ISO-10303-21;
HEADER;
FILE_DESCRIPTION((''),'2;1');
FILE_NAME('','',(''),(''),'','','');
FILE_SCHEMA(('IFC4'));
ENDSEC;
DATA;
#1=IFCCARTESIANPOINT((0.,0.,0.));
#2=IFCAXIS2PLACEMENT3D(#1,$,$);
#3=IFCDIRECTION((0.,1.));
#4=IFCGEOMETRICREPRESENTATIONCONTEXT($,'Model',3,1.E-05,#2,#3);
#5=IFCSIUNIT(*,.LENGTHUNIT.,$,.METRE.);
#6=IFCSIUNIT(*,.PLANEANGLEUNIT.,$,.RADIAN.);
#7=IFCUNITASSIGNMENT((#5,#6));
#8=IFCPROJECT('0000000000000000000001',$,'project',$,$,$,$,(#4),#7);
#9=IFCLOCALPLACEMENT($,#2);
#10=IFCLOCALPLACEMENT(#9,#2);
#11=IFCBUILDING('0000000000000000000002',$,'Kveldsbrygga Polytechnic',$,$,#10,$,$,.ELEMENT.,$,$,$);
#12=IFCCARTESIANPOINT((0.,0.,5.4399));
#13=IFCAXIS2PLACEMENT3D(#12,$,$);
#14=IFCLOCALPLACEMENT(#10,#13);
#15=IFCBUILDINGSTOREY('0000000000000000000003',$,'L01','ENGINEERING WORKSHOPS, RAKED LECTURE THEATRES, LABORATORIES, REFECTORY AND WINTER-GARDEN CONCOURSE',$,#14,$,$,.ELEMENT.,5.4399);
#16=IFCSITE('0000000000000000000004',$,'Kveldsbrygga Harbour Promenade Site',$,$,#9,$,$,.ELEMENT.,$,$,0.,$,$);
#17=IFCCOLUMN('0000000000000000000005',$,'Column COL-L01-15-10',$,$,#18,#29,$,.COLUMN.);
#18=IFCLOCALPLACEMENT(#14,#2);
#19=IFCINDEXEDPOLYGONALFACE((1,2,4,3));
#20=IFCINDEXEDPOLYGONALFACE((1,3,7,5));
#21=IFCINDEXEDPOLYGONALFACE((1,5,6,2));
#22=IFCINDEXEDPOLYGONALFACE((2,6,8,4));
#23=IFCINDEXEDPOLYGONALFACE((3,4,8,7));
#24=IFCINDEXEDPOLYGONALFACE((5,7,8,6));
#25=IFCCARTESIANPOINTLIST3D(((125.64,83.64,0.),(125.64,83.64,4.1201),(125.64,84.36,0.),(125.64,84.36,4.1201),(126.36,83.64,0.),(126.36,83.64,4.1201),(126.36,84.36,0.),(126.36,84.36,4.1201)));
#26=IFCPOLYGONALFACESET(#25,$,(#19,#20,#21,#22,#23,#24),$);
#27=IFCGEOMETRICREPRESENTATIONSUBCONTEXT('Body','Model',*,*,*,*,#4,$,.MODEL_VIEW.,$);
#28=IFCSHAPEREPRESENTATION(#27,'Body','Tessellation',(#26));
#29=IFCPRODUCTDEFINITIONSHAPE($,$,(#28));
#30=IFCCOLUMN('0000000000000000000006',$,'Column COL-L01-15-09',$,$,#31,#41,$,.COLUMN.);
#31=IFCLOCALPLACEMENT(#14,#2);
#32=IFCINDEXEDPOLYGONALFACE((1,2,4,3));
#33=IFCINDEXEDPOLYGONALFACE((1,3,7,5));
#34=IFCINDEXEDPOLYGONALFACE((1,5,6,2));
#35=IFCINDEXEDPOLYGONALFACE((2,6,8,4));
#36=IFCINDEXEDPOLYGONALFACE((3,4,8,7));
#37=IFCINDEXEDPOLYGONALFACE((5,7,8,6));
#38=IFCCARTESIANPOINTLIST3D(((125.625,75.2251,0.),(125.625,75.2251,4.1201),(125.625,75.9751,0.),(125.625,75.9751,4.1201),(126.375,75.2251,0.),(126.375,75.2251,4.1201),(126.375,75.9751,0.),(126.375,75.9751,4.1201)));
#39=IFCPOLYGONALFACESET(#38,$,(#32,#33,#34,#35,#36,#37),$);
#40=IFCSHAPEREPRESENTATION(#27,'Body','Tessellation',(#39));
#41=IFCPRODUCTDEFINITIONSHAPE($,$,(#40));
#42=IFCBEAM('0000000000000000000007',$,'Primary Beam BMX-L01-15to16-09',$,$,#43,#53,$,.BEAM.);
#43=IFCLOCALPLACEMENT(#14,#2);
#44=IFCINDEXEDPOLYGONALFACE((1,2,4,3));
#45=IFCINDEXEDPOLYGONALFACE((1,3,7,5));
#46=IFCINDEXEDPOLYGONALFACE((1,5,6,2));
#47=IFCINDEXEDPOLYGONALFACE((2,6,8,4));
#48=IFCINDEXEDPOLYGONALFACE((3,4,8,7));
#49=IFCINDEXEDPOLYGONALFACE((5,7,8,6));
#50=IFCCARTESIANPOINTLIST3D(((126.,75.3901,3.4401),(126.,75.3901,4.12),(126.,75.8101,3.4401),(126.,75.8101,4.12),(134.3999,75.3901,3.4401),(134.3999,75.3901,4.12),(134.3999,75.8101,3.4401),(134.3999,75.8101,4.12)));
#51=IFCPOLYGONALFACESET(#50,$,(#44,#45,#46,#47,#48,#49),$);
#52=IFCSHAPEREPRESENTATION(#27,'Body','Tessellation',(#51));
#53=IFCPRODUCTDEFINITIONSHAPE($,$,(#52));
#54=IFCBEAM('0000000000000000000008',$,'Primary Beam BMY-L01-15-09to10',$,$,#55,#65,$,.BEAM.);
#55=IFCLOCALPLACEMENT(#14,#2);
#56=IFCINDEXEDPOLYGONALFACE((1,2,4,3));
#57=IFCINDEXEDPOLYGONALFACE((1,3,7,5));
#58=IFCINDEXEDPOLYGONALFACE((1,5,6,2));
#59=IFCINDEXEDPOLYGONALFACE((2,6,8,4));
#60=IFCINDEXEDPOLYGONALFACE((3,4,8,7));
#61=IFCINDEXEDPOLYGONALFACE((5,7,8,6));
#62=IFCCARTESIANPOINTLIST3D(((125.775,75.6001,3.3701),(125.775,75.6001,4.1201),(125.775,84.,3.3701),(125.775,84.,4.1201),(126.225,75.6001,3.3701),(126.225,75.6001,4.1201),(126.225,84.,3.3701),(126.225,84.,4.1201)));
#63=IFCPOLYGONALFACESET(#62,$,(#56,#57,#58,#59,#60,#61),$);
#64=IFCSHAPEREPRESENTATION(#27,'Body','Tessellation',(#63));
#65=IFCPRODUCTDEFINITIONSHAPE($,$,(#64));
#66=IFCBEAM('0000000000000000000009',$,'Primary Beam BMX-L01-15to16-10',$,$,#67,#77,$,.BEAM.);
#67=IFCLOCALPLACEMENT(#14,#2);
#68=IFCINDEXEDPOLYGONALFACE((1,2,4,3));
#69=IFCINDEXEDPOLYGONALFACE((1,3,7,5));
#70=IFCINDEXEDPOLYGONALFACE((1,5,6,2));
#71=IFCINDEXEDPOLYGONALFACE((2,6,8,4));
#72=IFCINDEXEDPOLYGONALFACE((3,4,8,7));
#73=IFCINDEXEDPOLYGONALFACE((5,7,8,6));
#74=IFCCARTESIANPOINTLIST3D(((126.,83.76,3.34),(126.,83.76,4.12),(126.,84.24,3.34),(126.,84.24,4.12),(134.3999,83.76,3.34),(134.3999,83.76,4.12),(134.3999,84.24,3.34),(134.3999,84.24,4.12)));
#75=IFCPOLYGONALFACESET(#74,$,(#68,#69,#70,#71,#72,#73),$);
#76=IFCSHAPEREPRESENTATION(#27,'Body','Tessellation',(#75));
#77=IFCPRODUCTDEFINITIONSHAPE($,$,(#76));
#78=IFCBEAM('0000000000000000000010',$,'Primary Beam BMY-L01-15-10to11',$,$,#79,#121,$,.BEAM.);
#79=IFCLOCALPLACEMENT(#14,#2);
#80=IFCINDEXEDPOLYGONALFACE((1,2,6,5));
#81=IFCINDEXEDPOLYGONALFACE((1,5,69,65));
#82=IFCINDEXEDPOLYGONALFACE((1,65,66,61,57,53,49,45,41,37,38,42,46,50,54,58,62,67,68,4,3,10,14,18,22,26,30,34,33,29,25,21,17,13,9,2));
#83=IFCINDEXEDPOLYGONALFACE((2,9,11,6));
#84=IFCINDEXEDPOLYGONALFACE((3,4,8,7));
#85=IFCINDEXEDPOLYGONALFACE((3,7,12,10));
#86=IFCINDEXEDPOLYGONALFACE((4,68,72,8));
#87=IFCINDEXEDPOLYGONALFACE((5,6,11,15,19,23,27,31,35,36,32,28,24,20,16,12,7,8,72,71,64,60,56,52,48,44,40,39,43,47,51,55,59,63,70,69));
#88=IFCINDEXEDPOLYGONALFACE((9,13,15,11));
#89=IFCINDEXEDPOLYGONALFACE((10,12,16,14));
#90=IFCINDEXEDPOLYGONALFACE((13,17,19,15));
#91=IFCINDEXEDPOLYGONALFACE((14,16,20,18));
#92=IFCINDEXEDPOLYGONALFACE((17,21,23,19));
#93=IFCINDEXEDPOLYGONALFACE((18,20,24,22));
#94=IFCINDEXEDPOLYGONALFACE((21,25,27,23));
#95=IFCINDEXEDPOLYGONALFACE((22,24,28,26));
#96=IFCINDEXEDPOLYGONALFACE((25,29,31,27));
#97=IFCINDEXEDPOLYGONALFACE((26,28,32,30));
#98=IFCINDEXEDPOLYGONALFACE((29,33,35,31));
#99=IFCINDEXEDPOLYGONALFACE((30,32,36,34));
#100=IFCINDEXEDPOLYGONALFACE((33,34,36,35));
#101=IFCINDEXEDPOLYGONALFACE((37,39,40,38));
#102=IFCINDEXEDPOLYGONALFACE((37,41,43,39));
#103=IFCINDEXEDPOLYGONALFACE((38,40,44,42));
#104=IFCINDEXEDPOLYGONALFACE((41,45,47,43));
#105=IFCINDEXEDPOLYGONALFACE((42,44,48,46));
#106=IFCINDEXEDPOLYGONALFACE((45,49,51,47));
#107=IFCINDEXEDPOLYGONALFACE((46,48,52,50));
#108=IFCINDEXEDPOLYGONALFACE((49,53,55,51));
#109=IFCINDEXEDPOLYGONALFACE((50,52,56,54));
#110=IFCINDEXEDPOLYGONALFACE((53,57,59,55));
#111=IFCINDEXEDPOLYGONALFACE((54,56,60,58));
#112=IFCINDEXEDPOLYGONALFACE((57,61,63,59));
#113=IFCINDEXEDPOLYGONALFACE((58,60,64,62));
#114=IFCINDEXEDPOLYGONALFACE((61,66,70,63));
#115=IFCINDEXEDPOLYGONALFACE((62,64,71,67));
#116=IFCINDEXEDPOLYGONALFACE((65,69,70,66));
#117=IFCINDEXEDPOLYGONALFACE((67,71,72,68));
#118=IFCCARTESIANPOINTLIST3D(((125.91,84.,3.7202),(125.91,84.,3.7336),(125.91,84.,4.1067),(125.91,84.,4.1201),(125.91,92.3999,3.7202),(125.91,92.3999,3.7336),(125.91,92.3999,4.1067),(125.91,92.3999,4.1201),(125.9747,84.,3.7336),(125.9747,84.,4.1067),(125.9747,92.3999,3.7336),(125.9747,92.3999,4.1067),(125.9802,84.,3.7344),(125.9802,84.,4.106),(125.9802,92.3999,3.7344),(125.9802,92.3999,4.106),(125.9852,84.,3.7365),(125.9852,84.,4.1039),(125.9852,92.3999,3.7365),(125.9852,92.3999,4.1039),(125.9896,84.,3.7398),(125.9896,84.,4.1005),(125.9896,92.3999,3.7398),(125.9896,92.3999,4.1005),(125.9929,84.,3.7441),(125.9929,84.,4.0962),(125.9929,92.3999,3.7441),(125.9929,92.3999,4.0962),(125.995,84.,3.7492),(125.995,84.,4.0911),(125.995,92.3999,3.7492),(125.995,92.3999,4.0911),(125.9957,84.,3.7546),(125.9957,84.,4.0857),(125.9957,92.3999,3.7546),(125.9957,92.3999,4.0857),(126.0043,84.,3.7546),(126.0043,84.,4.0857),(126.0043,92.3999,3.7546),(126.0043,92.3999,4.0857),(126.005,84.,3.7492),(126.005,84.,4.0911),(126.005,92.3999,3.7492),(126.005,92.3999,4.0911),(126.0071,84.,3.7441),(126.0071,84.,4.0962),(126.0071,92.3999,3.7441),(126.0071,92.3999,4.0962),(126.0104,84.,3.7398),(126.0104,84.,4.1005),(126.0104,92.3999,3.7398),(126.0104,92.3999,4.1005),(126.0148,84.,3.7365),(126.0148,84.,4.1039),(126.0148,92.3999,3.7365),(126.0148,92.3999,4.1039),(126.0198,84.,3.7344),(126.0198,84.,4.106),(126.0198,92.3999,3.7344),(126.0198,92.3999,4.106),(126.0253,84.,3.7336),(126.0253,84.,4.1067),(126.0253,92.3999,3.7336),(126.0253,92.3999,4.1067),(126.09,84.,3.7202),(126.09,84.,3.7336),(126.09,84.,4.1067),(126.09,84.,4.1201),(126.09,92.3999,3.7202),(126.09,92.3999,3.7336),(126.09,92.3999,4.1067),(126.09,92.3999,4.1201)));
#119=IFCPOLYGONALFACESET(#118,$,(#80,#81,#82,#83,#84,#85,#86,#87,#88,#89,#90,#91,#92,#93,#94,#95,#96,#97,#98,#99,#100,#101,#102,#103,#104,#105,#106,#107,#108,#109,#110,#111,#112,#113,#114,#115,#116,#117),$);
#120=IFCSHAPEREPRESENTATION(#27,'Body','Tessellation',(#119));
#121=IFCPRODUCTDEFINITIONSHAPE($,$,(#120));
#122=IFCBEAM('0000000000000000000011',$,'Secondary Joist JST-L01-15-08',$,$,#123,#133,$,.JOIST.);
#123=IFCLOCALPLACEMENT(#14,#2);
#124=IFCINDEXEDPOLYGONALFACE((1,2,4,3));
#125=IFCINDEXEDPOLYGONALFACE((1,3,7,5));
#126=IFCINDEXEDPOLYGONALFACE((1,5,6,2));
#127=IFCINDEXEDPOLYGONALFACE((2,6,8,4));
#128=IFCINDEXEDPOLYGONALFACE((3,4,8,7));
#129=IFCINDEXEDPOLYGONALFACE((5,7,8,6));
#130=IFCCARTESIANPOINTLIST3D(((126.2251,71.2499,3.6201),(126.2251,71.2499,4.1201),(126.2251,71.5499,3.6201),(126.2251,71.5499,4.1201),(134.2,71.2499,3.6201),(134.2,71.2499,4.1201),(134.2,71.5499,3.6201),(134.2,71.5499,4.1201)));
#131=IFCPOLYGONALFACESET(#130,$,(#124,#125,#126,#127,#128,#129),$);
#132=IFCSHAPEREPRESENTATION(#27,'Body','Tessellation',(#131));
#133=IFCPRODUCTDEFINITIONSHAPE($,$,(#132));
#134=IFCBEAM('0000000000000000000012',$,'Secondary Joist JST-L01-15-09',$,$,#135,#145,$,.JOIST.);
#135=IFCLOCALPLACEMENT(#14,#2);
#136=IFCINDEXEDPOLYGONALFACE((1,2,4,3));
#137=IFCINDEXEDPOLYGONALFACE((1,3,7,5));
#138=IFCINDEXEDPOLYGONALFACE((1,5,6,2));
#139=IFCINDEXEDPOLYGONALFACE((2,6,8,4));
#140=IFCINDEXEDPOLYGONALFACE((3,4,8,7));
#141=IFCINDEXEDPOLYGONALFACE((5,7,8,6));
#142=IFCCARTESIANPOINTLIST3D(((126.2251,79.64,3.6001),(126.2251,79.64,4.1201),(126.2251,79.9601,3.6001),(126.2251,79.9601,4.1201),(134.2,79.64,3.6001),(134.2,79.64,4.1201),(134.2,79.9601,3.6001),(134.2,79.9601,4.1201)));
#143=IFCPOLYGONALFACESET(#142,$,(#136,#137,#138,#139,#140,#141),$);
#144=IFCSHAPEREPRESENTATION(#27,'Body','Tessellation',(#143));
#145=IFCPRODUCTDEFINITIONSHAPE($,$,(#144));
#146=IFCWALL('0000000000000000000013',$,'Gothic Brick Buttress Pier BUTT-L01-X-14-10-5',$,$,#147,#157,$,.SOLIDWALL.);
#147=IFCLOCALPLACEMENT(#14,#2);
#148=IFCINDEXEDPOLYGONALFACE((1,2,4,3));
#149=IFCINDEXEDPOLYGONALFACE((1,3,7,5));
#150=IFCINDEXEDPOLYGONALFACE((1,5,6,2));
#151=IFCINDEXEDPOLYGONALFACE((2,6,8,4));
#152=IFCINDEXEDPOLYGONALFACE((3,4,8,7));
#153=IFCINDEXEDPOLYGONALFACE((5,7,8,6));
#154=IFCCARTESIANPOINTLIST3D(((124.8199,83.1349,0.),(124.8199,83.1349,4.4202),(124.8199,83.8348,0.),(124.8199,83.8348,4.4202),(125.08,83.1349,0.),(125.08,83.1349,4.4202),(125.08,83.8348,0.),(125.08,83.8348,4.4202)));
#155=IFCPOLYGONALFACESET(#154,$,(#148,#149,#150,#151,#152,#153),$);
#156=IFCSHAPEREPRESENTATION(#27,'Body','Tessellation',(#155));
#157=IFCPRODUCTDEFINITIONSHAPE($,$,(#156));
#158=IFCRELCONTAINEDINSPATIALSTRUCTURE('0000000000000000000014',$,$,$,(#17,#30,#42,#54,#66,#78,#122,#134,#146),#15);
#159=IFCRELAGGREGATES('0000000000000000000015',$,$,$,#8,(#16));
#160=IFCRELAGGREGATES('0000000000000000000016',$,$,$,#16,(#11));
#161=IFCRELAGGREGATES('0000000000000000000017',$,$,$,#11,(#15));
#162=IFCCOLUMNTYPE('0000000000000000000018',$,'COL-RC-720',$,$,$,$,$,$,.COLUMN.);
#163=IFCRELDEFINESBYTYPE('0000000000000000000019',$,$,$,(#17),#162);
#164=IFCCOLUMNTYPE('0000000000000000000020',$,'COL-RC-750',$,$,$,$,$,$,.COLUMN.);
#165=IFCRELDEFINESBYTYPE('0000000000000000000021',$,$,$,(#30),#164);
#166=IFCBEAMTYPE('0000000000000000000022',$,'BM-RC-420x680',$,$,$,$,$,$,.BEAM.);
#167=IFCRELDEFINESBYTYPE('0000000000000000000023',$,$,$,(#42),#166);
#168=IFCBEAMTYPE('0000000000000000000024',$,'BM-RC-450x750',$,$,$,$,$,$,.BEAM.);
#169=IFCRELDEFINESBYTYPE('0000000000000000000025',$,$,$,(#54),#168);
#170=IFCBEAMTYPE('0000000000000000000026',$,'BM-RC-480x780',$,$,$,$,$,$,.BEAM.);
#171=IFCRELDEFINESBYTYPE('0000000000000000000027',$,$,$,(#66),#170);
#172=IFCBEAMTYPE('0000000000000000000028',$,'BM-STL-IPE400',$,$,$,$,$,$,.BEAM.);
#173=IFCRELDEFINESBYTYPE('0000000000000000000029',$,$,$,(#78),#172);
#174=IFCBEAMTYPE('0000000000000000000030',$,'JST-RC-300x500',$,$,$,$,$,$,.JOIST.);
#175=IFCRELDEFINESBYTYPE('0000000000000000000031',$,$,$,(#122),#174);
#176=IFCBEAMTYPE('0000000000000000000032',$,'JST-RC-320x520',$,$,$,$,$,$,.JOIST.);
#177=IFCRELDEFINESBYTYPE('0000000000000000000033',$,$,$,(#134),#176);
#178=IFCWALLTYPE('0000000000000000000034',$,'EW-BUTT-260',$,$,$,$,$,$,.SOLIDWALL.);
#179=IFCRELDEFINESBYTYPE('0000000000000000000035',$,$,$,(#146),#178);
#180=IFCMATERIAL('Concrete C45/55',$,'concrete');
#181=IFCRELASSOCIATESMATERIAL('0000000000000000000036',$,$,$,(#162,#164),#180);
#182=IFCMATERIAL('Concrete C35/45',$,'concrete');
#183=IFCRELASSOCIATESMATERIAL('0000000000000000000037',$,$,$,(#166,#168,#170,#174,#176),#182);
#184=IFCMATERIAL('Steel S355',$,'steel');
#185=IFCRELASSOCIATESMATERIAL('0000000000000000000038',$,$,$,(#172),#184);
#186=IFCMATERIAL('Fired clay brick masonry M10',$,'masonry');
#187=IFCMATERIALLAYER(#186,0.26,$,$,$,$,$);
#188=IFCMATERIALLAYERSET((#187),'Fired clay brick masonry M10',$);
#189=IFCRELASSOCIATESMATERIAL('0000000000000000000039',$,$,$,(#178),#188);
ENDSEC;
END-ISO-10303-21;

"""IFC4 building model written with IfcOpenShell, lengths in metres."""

from ifc_helpers import new_model, si_unit, direction, frame, frame_2d, origin, origin_2d, place, context, subcontext, project, spatial, rectangle, i_section, extrude, material, layer, layer_set, material_profile, profile_set, type_object, element, save


model = new_model("IFC4")

# Units and contexts
model_context = context("Model", 3, precision=1e-05, world=origin(), true_north=direction((0.0, 1.0)))
body_context = subcontext(model_context, "Body", "Model", "MODEL_VIEW")
ifc_project = project(units=[si_unit("LENGTHUNIT", "METRE"), si_unit("PLANEANGLEUNIT", "RADIAN")], contexts=[model_context])

# Site, building, storey
site_placement = place(None, origin())
site = spatial("IfcSite", under=ifc_project, at=site_placement, Name="Kveldsbrygga Harbour Promenade Site", CompositionType="ELEMENT", RefElevation=0.0)
building_placement = place(site_placement, origin())
building = spatial("IfcBuilding", under=site, at=building_placement, Name="Kveldsbrygga Polytechnic", CompositionType="ELEMENT")
storey_placement = place(building_placement, frame((0.0, 0.0, 5.4399)))
storey = spatial("IfcBuildingStorey", under=building, at=storey_placement, Name="L01", Description="ENGINEERING WORKSHOPS, RAKED LECTURE THEATRES, LABORATORIES, REFECTORY AND WINTER-GARDEN CONCOURSE", CompositionType="ELEMENT", Elevation=5.4399)

# Columns
ifc_material_1 = material(Name="Concrete C45/55", Category="concrete")
ifc_material_profile_1 = material_profile(ifc_material_1, rectangle(XDim=0.72, YDim=0.72, at=origin_2d()), Name="RC 720x720")
ifc_profile_set_1 = profile_set([ifc_material_profile_1], Name="Concrete C45/55")
column_type_1 = type_object("IfcColumnType", Name="COL-RC-720", PredefinedType="COLUMN", material=ifc_profile_set_1)
column_1_placement = place(storey_placement, frame((126.0, 84.0, 0.0), z_axis=(0.0, 0.0, 1.0), x_axis=(1.0, 0.0, 0.0)))
element("IfcColumn", 1, at=column_1_placement, inside=storey, type_object=column_type_1, Name="Column COL-L01-15-10", PredefinedType="COLUMN", context=body_context, shape_type="SweptSolid", body=[
    extrude(rectangle(XDim=0.72, YDim=0.72, at=origin_2d()), origin(), (0.0, 0.0, 1.0), 4.1201),
])
ifc_material_profile_2 = material_profile(ifc_material_1, rectangle(XDim=0.75, YDim=0.75, at=origin_2d()), Name="RC 750x750")
ifc_profile_set_2 = profile_set([ifc_material_profile_2], Name="Concrete C45/55")
column_type_2 = type_object("IfcColumnType", Name="COL-RC-750", PredefinedType="COLUMN", material=ifc_profile_set_2)
column_2_placement = place(storey_placement, frame((126.0, 75.6001, 0.0), z_axis=(0.0, 0.0, 1.0), x_axis=(1.0, 0.0, 0.0)))
element("IfcColumn", 2, at=column_2_placement, inside=storey, type_object=column_type_2, Name="Column COL-L01-15-09", PredefinedType="COLUMN", context=body_context, shape_type="SweptSolid", body=[
    extrude(rectangle(XDim=0.75, YDim=0.75, at=origin_2d()), origin(), (0.0, 0.0, 1.0), 4.1201),
])

# Beams
ifc_material_2 = material(Name="Concrete C35/45", Category="concrete")
ifc_material_profile_3 = material_profile(ifc_material_2, rectangle(XDim=0.4199, YDim=0.6799, at=origin_2d()), Name="RC 420x680")
ifc_profile_set_3 = profile_set([ifc_material_profile_3], Name="Concrete C35/45")
beam_type_1 = type_object("IfcBeamType", Name="BM-RC-420x680", PredefinedType="BEAM", material=ifc_profile_set_3)
beam_1_placement = place(storey_placement, frame((126.0, 75.6001, 3.78), z_axis=(1.0, 0.0, 0.0), x_axis=(0.0, 1.0, 0.0)))
element("IfcBeam", 3, at=beam_1_placement, inside=storey, type_object=beam_type_1, Name="Primary Beam BMX-L01-15to16-09", PredefinedType="BEAM", context=body_context, shape_type="SweptSolid", body=[
    extrude(rectangle(XDim=0.4199, YDim=0.6799, at=origin_2d()), origin(), (0.0, 0.0, 1.0), 8.3999),
])
ifc_material_profile_4 = material_profile(ifc_material_2, rectangle(XDim=0.45, YDim=0.75, at=origin_2d()), Name="RC 450x750")
ifc_profile_set_4 = profile_set([ifc_material_profile_4], Name="Concrete C35/45")
beam_type_2 = type_object("IfcBeamType", Name="BM-RC-450x750", PredefinedType="BEAM", material=ifc_profile_set_4)
beam_2_placement = place(storey_placement, frame((126.0, 75.6001, 3.7451), z_axis=(0.0, 1.0, 0.0), x_axis=(-1.0, 0.0, 0.0)))
element("IfcBeam", 4, at=beam_2_placement, inside=storey, type_object=beam_type_2, Name="Primary Beam BMY-L01-15-09to10", PredefinedType="BEAM", context=body_context, shape_type="SweptSolid", body=[
    extrude(rectangle(XDim=0.45, YDim=0.75, at=origin_2d()), origin(), (0.0, 0.0, 1.0), 8.3999),
])
ifc_material_profile_5 = material_profile(ifc_material_2, rectangle(XDim=0.48, YDim=0.78, at=origin_2d()), Name="RC 480x780")
ifc_profile_set_5 = profile_set([ifc_material_profile_5], Name="Concrete C35/45")
beam_type_3 = type_object("IfcBeamType", Name="BM-RC-480x780", PredefinedType="BEAM", material=ifc_profile_set_5)
beam_3_placement = place(storey_placement, frame((126.0, 84.0, 3.73), z_axis=(1.0, 0.0, 0.0), x_axis=(0.0, 1.0, 0.0)))
element("IfcBeam", 5, at=beam_3_placement, inside=storey, type_object=beam_type_3, Name="Primary Beam BMX-L01-15to16-10", PredefinedType="BEAM", context=body_context, shape_type="SweptSolid", body=[
    extrude(rectangle(XDim=0.48, YDim=0.78, at=origin_2d()), origin(), (0.0, 0.0, 1.0), 8.3999),
])
ifc_material_3 = material(Name="Steel S355", Category="steel")
ifc_material_profile_6 = material_profile(ifc_material_3, i_section(OverallWidth=0.1799, OverallDepth=0.3999, WebThickness=0.0085, FlangeThickness=0.0134, FilletRadius=0.021, at=origin_2d()), Name="IPE 400")
ifc_profile_set_6 = profile_set([ifc_material_profile_6], Name="Steel S355")
beam_type_4 = type_object("IfcBeamType", Name="BM-STL-IPE400", PredefinedType="BEAM", material=ifc_profile_set_6)
beam_4_placement = place(storey_placement, frame((126.0, 84.0, 3.9202), z_axis=(0.0, 1.0, 0.0), x_axis=(-1.0, 0.0, 0.0)))
element("IfcBeam", 6, at=beam_4_placement, inside=storey, type_object=beam_type_4, Name="Primary Beam BMY-L01-15-10to11", PredefinedType="BEAM", context=body_context, shape_type="SweptSolid", body=[
    extrude(i_section(OverallWidth=0.1799, OverallDepth=0.3999, WebThickness=0.0085, FlangeThickness=0.0134, FilletRadius=0.021, at=origin_2d()), origin(), (0.0, 0.0, 1.0), 8.3999),
])
ifc_material_profile_7 = material_profile(ifc_material_2, rectangle(XDim=0.3, YDim=0.5, at=origin_2d()), Name="RC 300x500")
ifc_profile_set_7 = profile_set([ifc_material_profile_7], Name="Concrete C35/45")
beam_type_5 = type_object("IfcBeamType", Name="JST-RC-300x500", PredefinedType="JOIST", material=ifc_profile_set_7)
beam_5_placement = place(storey_placement, frame((126.2251, 71.3999, 3.8701), z_axis=(1.0, 0.0, 0.0), x_axis=(0.0, 1.0, 0.0)))
element("IfcBeam", 7, at=beam_5_placement, inside=storey, type_object=beam_type_5, Name="Secondary Joist JST-L01-15-08", PredefinedType="JOIST", context=body_context, shape_type="SweptSolid", body=[
    extrude(rectangle(XDim=0.3, YDim=0.5, at=origin_2d()), origin(), (0.0, 0.0, 1.0), 7.9749),
])
ifc_material_profile_8 = material_profile(ifc_material_2, rectangle(XDim=0.3201, YDim=0.52, at=origin_2d()), Name="RC 320x520")
ifc_profile_set_8 = profile_set([ifc_material_profile_8], Name="Concrete C35/45")
beam_type_6 = type_object("IfcBeamType", Name="JST-RC-320x520", PredefinedType="JOIST", material=ifc_profile_set_8)
beam_6_placement = place(storey_placement, frame((126.2251, 79.8, 3.8601), z_axis=(1.0, 0.0, 0.0), x_axis=(0.0, 1.0, 0.0)))
element("IfcBeam", 8, at=beam_6_placement, inside=storey, type_object=beam_type_6, Name="Secondary Joist JST-L01-15-09", PredefinedType="JOIST", context=body_context, shape_type="SweptSolid", body=[
    extrude(rectangle(XDim=0.3201, YDim=0.52, at=origin_2d()), origin(), (0.0, 0.0, 1.0), 7.9749),
])

# Wall
ifc_material_4 = material(Name="Fired clay brick masonry M10", Category="masonry")
ifc_layer_1 = layer(ifc_material_4, 0.26)
ifc_layer_set_1 = layer_set([ifc_layer_1], Name="Fired clay brick masonry M10")
wall_type_1 = type_object("IfcWallType", Name="EW-BUTT-260", PredefinedType="SOLIDWALL", material=ifc_layer_set_1)
wall_1_placement = place(storey_placement, frame((124.95, 83.835, 0.0), z_axis=(0.0, 0.0, 1.0), x_axis=(0.0, -1.0, 0.0)))
element("IfcWall", 9, at=wall_1_placement, inside=storey, type_object=wall_type_1, Name="Gothic Brick Buttress Pier BUTT-L01-X-14-10-5", PredefinedType="SOLIDWALL", context=body_context, shape_type="SweptSolid", body=[
    extrude(rectangle(XDim=0.7, YDim=0.26, at=frame_2d((0.3501, 0.0))), origin(), (0.0, 0.0, 1.0), 4.4202),
])

save(model, "model.ifc")
